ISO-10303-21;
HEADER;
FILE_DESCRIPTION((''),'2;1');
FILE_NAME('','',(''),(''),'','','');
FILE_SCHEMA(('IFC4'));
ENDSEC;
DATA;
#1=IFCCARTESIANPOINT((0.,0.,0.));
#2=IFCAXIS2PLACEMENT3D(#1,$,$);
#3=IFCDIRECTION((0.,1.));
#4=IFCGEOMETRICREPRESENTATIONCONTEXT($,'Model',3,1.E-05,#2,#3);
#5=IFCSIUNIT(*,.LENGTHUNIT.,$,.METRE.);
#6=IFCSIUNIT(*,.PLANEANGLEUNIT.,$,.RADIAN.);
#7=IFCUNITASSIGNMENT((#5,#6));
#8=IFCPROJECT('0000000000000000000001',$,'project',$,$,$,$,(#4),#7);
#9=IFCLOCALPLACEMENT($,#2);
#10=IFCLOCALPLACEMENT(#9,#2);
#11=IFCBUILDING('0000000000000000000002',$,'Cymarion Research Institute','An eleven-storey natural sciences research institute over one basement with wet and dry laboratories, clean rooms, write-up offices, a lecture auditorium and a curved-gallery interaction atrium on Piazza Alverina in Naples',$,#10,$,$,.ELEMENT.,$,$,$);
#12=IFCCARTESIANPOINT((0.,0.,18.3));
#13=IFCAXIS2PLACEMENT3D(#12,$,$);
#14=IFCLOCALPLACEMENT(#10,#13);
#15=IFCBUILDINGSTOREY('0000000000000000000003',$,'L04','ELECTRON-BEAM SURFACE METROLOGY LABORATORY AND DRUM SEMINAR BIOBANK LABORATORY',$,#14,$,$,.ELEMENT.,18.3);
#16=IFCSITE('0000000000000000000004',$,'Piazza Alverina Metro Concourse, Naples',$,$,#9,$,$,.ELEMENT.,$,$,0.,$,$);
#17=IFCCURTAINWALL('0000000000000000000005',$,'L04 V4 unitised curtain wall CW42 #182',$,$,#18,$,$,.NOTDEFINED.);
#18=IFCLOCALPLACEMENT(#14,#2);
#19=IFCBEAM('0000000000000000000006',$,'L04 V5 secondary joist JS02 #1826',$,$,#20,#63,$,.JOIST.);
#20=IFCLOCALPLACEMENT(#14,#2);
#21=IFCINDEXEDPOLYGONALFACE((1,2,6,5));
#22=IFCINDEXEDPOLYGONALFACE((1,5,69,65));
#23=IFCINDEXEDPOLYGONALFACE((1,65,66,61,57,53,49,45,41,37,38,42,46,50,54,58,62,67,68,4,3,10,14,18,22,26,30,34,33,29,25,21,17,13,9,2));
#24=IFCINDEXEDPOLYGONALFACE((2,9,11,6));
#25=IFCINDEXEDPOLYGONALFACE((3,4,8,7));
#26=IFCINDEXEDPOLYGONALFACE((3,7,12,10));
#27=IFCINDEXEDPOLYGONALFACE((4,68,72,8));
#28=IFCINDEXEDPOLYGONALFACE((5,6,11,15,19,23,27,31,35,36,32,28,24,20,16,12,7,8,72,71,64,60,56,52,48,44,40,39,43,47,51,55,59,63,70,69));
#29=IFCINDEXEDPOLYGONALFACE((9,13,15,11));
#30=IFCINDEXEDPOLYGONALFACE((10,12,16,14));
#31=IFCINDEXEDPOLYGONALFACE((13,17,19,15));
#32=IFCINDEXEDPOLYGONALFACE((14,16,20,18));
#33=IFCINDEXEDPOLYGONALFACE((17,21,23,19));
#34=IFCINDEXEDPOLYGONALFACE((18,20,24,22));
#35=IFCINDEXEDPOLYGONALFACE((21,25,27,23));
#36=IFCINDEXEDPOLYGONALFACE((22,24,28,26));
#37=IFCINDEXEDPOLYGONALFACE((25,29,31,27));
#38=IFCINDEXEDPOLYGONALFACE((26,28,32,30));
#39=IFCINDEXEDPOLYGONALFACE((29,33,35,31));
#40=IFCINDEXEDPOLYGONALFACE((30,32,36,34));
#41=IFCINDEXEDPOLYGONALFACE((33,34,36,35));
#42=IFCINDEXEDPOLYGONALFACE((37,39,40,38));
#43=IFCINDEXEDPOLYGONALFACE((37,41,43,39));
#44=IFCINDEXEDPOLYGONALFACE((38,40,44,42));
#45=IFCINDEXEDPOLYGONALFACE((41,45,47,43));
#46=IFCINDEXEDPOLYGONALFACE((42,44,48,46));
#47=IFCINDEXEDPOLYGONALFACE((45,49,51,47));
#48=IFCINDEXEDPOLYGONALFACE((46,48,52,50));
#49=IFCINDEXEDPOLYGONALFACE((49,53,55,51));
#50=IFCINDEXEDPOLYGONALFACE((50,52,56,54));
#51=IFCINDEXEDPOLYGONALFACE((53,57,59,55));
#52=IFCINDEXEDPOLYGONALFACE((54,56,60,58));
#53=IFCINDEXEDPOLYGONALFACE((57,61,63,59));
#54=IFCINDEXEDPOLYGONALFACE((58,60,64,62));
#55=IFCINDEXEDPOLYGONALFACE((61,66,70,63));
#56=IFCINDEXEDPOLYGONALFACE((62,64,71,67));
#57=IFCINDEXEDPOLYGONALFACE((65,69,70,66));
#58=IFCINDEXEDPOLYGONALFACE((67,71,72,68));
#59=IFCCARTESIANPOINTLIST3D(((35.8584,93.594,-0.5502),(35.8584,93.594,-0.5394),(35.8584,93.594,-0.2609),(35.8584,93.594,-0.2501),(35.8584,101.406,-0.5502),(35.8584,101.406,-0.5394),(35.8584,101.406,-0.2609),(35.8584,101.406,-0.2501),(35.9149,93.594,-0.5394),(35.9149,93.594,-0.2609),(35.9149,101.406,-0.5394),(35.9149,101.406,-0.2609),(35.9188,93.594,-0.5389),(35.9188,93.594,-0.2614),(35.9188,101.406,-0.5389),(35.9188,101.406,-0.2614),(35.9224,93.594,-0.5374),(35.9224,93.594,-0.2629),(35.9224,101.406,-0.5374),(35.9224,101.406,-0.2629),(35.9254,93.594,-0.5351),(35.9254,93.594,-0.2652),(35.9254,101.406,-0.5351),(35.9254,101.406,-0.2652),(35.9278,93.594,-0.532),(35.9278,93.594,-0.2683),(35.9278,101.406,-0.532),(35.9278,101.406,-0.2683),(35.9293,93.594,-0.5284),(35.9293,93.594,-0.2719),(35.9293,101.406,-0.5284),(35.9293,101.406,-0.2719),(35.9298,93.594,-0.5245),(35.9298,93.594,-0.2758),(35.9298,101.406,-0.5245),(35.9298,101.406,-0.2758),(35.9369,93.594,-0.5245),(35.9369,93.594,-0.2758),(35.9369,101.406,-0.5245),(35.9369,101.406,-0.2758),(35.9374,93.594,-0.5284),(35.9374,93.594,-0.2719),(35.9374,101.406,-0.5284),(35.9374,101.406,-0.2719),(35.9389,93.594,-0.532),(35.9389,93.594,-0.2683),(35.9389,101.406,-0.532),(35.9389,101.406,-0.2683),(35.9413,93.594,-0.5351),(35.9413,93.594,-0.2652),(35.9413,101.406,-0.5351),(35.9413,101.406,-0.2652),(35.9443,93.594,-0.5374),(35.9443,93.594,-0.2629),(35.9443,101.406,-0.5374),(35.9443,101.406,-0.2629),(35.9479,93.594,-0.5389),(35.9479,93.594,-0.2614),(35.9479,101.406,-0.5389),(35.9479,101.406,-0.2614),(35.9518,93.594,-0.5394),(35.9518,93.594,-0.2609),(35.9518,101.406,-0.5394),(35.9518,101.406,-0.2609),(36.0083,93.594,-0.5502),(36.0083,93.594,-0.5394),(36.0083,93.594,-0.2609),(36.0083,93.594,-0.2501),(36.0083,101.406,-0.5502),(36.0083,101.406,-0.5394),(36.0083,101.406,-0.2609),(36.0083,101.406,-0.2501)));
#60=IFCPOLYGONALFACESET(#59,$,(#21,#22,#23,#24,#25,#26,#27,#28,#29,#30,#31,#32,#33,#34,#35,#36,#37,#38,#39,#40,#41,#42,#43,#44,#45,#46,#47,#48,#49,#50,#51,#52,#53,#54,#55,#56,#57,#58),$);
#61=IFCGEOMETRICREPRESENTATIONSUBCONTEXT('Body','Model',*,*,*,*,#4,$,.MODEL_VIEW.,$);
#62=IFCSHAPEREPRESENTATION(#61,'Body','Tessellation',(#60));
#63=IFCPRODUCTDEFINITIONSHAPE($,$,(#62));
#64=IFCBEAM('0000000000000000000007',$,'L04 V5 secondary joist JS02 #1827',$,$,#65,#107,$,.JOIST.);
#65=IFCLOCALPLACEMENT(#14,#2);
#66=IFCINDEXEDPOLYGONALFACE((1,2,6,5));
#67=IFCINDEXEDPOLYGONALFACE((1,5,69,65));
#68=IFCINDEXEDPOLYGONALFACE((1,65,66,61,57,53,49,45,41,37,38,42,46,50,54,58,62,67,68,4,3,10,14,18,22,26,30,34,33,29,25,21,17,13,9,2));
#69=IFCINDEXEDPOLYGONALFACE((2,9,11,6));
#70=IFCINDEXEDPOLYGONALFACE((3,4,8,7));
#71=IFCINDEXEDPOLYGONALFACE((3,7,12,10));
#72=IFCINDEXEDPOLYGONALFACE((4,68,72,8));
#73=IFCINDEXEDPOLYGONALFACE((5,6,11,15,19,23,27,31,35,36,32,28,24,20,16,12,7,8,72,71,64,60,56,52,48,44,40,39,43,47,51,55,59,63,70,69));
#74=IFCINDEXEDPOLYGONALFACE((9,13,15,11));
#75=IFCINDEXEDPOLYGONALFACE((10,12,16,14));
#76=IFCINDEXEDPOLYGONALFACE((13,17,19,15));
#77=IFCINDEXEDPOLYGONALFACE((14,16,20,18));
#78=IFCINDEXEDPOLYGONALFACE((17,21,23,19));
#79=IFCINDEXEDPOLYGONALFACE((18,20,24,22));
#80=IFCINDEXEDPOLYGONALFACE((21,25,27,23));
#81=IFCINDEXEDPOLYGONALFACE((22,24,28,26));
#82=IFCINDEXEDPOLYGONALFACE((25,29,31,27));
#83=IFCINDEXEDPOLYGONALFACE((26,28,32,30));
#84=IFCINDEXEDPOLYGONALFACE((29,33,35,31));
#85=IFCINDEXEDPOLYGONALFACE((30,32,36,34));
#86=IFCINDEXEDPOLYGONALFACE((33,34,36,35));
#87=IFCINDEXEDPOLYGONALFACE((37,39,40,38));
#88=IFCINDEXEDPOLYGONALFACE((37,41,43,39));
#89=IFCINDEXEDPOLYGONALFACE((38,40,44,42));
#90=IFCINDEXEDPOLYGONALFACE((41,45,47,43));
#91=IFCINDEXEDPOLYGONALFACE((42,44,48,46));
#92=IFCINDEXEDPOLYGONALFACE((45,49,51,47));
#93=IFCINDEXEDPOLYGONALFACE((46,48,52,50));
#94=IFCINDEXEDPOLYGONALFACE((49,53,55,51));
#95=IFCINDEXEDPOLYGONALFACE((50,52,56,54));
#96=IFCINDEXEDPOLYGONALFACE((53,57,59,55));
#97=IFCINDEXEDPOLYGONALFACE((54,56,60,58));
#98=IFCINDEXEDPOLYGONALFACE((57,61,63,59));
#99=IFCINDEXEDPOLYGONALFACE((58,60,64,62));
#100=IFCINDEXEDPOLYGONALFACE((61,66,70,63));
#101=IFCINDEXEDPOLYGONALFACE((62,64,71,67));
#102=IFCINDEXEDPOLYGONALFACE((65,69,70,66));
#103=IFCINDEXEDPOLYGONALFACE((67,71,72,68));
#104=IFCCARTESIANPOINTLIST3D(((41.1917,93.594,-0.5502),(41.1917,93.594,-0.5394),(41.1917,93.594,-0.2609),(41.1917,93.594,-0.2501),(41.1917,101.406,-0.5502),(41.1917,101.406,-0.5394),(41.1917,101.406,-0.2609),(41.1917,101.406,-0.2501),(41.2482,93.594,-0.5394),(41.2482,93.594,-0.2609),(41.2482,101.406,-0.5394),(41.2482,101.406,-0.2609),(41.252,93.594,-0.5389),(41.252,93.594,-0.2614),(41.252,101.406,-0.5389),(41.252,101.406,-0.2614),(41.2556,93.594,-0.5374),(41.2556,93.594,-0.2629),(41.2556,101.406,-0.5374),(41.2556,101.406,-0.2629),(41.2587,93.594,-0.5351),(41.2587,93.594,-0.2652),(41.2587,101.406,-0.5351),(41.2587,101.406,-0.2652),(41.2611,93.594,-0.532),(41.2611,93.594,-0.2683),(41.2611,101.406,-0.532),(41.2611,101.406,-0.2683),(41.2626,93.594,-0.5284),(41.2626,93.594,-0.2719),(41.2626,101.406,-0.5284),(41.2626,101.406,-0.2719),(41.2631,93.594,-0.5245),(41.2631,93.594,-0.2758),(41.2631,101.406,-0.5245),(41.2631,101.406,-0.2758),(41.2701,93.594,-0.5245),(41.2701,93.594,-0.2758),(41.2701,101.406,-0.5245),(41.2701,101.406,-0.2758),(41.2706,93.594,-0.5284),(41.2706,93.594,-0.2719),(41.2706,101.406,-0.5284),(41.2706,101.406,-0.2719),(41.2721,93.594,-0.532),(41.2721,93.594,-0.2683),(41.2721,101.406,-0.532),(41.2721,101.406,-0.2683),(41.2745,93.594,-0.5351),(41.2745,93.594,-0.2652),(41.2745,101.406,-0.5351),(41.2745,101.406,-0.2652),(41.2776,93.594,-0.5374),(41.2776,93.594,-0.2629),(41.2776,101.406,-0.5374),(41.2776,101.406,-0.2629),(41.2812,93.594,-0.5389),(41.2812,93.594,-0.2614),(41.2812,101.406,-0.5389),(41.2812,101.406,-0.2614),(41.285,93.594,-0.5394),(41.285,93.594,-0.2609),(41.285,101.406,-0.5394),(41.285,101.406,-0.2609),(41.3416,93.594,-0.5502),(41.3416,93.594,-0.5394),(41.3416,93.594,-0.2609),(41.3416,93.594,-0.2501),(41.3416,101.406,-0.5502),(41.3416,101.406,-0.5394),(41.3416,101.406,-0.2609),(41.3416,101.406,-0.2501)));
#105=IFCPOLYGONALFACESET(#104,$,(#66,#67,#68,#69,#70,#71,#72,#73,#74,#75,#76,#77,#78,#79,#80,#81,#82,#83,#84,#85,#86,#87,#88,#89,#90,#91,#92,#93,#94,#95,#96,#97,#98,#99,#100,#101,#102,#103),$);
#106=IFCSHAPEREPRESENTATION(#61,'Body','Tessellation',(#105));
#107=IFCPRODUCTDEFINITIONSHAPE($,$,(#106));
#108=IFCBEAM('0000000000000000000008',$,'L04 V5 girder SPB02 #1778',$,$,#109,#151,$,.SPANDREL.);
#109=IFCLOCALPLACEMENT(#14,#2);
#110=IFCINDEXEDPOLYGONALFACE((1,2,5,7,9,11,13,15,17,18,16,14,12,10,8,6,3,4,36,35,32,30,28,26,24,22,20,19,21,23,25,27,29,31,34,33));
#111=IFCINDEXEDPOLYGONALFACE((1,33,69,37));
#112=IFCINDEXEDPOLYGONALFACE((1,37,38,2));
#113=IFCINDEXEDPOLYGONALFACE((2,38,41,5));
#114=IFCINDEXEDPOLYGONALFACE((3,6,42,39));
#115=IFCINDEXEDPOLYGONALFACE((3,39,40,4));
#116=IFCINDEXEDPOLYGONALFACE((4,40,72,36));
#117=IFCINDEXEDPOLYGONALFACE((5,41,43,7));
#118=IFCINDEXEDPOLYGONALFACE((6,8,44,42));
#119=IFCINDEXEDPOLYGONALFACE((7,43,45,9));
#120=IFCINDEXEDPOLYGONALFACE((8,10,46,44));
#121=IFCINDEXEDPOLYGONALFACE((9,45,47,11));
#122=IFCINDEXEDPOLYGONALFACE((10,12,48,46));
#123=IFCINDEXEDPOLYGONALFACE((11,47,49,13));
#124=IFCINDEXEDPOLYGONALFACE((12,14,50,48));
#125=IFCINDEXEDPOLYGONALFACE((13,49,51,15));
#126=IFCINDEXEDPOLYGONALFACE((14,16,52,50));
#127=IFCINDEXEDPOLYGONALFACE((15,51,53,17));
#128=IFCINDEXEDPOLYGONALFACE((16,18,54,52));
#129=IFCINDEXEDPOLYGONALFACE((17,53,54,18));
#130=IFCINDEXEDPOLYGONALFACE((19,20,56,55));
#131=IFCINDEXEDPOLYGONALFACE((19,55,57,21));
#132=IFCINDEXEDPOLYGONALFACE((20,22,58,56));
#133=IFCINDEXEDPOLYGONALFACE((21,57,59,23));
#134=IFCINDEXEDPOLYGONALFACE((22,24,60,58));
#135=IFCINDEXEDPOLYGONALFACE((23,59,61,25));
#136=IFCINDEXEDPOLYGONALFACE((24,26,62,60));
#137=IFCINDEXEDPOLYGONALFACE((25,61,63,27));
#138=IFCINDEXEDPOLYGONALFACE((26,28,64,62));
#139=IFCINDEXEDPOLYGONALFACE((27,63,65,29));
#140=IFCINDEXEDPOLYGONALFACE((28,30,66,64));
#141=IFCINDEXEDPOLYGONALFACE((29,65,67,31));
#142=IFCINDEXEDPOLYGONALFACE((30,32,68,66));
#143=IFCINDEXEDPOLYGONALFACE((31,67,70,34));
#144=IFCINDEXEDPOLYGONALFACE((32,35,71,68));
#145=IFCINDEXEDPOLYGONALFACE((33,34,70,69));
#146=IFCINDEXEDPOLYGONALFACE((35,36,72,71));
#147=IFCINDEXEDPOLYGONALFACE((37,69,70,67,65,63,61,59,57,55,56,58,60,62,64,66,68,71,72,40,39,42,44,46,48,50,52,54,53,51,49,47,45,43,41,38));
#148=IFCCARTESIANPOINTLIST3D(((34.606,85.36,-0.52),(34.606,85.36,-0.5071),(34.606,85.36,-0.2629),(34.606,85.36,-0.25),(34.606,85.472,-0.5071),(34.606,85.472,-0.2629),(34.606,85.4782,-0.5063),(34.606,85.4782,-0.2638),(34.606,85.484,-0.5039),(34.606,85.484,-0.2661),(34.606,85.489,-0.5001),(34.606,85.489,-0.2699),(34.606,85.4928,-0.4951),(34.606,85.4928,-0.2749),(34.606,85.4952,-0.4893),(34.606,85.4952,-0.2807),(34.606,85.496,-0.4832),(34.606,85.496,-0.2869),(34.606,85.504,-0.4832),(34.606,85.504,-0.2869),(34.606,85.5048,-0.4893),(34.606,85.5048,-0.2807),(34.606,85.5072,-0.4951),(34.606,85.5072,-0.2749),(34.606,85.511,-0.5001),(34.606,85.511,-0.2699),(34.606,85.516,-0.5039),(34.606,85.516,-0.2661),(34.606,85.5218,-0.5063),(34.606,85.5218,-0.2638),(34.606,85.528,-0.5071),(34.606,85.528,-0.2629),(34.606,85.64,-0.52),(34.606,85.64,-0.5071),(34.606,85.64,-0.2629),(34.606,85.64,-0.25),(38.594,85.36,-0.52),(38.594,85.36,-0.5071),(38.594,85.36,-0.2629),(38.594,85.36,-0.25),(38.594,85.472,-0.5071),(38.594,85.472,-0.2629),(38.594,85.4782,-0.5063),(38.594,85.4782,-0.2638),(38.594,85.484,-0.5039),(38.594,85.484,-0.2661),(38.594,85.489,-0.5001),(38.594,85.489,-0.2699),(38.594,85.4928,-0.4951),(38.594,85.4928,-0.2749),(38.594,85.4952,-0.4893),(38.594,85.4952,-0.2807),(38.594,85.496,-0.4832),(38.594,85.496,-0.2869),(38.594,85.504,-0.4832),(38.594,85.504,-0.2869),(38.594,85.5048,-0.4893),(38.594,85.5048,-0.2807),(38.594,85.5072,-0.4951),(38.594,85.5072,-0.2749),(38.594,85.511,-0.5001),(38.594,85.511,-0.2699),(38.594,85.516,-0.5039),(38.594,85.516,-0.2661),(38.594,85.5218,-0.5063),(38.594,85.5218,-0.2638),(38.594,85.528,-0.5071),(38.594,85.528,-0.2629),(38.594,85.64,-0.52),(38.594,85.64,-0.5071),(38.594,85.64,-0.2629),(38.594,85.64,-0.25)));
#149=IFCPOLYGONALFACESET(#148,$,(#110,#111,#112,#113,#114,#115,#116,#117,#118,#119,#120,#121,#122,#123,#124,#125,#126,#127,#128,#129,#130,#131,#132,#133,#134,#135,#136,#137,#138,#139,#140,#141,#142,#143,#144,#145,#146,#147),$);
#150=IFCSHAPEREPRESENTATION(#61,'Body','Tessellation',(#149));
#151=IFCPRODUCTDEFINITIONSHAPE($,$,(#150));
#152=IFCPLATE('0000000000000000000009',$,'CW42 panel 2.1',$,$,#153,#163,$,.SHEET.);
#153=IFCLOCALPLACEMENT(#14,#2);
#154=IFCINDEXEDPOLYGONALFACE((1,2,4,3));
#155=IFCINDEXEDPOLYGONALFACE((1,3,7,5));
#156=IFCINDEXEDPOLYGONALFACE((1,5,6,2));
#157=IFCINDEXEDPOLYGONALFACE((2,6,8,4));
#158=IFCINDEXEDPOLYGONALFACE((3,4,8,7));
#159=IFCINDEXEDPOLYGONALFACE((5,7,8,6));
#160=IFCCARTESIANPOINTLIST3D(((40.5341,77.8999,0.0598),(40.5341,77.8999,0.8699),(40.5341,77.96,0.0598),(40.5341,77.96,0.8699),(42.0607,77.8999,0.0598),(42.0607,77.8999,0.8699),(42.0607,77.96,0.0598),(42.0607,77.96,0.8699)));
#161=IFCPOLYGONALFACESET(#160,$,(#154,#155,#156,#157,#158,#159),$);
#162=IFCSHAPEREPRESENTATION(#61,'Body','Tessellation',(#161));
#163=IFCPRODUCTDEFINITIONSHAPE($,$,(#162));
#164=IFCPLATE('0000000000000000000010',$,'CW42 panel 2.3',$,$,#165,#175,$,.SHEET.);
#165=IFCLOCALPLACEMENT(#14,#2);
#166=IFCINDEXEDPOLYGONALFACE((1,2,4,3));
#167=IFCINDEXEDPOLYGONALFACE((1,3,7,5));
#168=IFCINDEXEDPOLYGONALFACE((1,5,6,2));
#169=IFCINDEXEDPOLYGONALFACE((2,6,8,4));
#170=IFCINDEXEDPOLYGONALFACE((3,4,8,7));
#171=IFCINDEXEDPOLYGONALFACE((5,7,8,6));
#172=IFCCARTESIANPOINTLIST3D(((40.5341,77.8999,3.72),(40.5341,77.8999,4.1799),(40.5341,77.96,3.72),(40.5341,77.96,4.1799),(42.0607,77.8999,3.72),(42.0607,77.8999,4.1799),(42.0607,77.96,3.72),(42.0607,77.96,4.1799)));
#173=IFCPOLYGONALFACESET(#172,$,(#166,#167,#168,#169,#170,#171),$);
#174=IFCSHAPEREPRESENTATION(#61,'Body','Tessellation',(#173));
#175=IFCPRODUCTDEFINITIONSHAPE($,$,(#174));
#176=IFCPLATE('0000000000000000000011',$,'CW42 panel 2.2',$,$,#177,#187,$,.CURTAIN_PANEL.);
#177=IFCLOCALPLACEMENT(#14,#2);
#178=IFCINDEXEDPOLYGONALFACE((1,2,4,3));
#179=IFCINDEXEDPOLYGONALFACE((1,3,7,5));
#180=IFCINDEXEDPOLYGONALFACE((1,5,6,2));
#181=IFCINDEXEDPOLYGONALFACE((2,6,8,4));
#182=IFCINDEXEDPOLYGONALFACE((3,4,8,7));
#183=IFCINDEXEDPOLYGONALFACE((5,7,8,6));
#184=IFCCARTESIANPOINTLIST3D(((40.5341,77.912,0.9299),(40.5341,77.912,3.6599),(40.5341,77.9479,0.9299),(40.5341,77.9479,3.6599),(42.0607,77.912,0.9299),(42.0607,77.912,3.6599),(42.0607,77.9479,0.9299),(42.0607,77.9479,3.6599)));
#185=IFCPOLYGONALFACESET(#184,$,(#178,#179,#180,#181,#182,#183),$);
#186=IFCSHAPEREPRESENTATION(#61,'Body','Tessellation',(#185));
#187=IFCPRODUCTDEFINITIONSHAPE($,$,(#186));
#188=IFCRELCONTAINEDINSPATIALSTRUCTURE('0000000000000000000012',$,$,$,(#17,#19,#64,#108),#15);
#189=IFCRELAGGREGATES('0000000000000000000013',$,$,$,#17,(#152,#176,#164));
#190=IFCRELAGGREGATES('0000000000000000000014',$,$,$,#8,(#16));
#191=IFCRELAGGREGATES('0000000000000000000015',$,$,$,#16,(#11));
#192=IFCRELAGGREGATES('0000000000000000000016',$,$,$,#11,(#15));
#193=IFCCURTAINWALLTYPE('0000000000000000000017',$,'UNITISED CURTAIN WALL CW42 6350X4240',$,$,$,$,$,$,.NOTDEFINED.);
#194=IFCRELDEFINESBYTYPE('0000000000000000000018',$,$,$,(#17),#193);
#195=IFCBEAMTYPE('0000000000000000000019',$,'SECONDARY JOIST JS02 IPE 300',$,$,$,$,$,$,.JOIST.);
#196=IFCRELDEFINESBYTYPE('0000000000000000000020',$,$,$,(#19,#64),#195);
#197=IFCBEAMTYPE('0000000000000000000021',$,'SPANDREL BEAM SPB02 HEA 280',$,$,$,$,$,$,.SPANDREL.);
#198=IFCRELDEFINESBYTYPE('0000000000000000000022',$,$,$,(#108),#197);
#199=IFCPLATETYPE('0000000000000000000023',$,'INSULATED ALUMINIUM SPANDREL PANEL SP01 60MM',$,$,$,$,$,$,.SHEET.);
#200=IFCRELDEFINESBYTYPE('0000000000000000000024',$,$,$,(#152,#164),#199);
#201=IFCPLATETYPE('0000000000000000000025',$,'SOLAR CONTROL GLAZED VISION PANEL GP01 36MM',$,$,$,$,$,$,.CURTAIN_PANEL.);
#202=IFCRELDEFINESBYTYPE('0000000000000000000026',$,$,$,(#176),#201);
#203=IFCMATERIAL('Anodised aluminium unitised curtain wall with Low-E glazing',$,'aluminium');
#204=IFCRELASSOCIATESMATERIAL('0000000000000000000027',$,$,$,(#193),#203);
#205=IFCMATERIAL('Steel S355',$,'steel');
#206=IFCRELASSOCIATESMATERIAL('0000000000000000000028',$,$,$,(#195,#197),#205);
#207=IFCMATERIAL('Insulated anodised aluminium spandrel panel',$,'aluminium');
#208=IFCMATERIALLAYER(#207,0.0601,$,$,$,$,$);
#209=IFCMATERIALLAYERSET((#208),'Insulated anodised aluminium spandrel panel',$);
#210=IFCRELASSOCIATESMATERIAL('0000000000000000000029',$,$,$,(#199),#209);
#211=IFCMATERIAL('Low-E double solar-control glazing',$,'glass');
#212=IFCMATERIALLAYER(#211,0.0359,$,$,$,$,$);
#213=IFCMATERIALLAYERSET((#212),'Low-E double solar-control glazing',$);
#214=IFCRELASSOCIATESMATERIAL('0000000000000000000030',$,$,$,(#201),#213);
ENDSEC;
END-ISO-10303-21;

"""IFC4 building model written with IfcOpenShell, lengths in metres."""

from ifc_helpers import new_model, si_unit, direction, frame, origin, origin_2d, place, context, subcontext, project, spatial, rectangle, i_section, extrude, material, layer, layer_set, material_profile, profile_set, type_object, element, aggregate, save


model = new_model("IFC4")

# Units and contexts
model_context = context("Model", 3, precision=1e-05, world=origin(), true_north=direction((0.0, 1.0)))
body_context = subcontext(model_context, "Body", "Model", "MODEL_VIEW")
ifc_project = project(units=[si_unit("LENGTHUNIT", "METRE"), si_unit("PLANEANGLEUNIT", "RADIAN")], contexts=[model_context])

# Site, building, storey
site_placement = place(None, origin())
site = spatial("IfcSite", under=ifc_project, at=site_placement, Name="Piazza Alverina Metro Concourse, Naples", CompositionType="ELEMENT", RefElevation=0.0)
building_placement = place(site_placement, origin())
building = spatial("IfcBuilding", under=site, at=building_placement, Name="Cymarion Research Institute", Description="An eleven-storey natural sciences research institute over one basement with wet and dry laboratories, clean rooms, write-up offices, a lecture auditorium and a curved-gallery interaction atrium on Piazza Alverina in Naples", CompositionType="ELEMENT")
storey_placement = place(building_placement, frame((0.0, 0.0, 18.3)))
storey = spatial("IfcBuildingStorey", under=building, at=storey_placement, Name="L04", Description="ELECTRON-BEAM SURFACE METROLOGY LABORATORY AND DRUM SEMINAR BIOBANK LABORATORY", CompositionType="ELEMENT", Elevation=18.3)

# Shared definitions
ifc_material_1 = material(Name="Steel S355", Category="steel")

# Curtain wall
ifc_material_2 = material(Name="Anodised aluminium unitised curtain wall with Low-E glazing", Category="aluminium")
curtain_wall_type = type_object("IfcCurtainWallType", Name="UNITISED CURTAIN WALL CW42 6350X4240", PredefinedType="NOTDEFINED", material=ifc_material_2)
curtain_wall_placement = place(storey_placement, origin())
curtain_wall = element("IfcCurtainWall", 1, at=curtain_wall_placement, inside=storey, type_object=curtain_wall_type, Name="L04 V4 unitised curtain wall CW42 #182", PredefinedType="NOTDEFINED")

# Beams
ifc_material_profile_1 = material_profile(ifc_material_1, i_section(OverallWidth=0.1499, OverallDepth=0.3, WebThickness=0.0071, FlangeThickness=0.0107, FilletRadius=0.0149, at=origin_2d()), Name="IPE 300")
ifc_profile_set_1 = profile_set([ifc_material_profile_1], Name="Steel S355")
beam_type_1 = type_object("IfcBeamType", Name="SECONDARY JOIST JS02 IPE 300", PredefinedType="JOIST", material=ifc_profile_set_1)
for number, where, z_axis, x_axis, name in (
    (2, (35.9333, 93.594, -0.4001), (0.0, 1.0, 0.0), (-1.0, 0.0, 0.0), "L04 V5 secondary joist JS02 #1826"),
    (3, (41.2666, 93.594, -0.4001), (0.0, 1.0, 0.0), (-1.0, 0.0, 0.0), "L04 V5 secondary joist JS02 #1827"),
):
    element("IfcBeam", number, at=place(storey_placement, frame(where, z_axis=z_axis, x_axis=x_axis)), inside=storey, type_object=beam_type_1, Name=name, PredefinedType="JOIST", context=body_context, shape_type="SweptSolid", body=[
        extrude(i_section(OverallWidth=0.1499, OverallDepth=0.3, WebThickness=0.0071, FlangeThickness=0.0107, FilletRadius=0.0149, at=origin_2d()), origin(), (0.0, 0.0, 1.0), 7.812),
    ])
ifc_material_profile_2 = material_profile(ifc_material_1, i_section(OverallWidth=0.28, OverallDepth=0.27, WebThickness=0.0081, FlangeThickness=0.0129, FilletRadius=0.0239, at=origin_2d()), Name="HEA 280")
ifc_profile_set_2 = profile_set([ifc_material_profile_2], Name="Steel S355")
beam_type_2 = type_object("IfcBeamType", Name="SPANDREL BEAM SPB02 HEA 280", PredefinedType="SPANDREL", material=ifc_profile_set_2)
beam_1_placement = place(storey_placement, frame((34.606, 85.5, -0.385), z_axis=(1.0, 0.0, 0.0), x_axis=(0.0, 1.0, 0.0)))
element("IfcBeam", 4, at=beam_1_placement, inside=storey, type_object=beam_type_2, Name="L04 V5 girder SPB02 #1778", PredefinedType="SPANDREL", context=body_context, shape_type="SweptSolid", body=[
    extrude(i_section(OverallWidth=0.28, OverallDepth=0.27, WebThickness=0.0081, FlangeThickness=0.0129, FilletRadius=0.0239, at=origin_2d()), origin(), (0.0, 0.0, 1.0), 3.988),
])

# Plates
ifc_material_3 = material(Name="Insulated anodised aluminium spandrel panel", Category="aluminium")
ifc_layer_1 = layer(ifc_material_3, 0.0601)
ifc_layer_set_1 = layer_set([ifc_layer_1], Name="Insulated anodised aluminium spandrel panel")
plate_type_1 = type_object("IfcPlateType", Name="INSULATED ALUMINIUM SPANDREL PANEL SP01 60MM", PredefinedType="SHEET", material=ifc_layer_set_1)
plate_1_placement = place(storey_placement, frame((41.2974, 77.9299, 0.0598), z_axis=(0.0, 0.0, 1.0), x_axis=(-1.0, 0.0, 0.0)))
plate_1 = element("IfcPlate", 5, at=plate_1_placement, type_object=plate_type_1, Name="CW42 panel 2.1", PredefinedType="SHEET", context=body_context, shape_type="SweptSolid", body=[
    extrude(rectangle(XDim=1.5266, YDim=0.0601, at=origin_2d()), origin(), (0.0, 0.0, 1.0), 0.8101),
])
plate_2_placement = place(storey_placement, frame((41.2974, 77.9299, 3.72), z_axis=(0.0, 0.0, 1.0), x_axis=(-1.0, 0.0, 0.0)))
plate_2 = element("IfcPlate", 6, at=plate_2_placement, type_object=plate_type_1, Name="CW42 panel 2.3", PredefinedType="SHEET", context=body_context, shape_type="SweptSolid", body=[
    extrude(rectangle(XDim=1.5266, YDim=0.0601, at=origin_2d()), origin(), (0.0, 0.0, 1.0), 0.46),
])
ifc_material_4 = material(Name="Low-E double solar-control glazing", Category="glass")
ifc_layer_2 = layer(ifc_material_4, 0.0359)
ifc_layer_set_2 = layer_set([ifc_layer_2], Name="Low-E double solar-control glazing")
plate_type_2 = type_object("IfcPlateType", Name="SOLAR CONTROL GLAZED VISION PANEL GP01 36MM", PredefinedType="CURTAIN_PANEL", material=ifc_layer_set_2)
plate_3_placement = place(storey_placement, frame((41.2974, 77.9299, 0.9299), z_axis=(0.0, 0.0, 1.0), x_axis=(-1.0, 0.0, 0.0)))
plate_3 = element("IfcPlate", 7, at=plate_3_placement, type_object=plate_type_2, Name="CW42 panel 2.2", PredefinedType="CURTAIN_PANEL", context=body_context, shape_type="SweptSolid", body=[
    extrude(rectangle(XDim=1.5266, YDim=0.0359, at=origin_2d()), origin(), (0.0, 0.0, 1.0), 2.73),
])
aggregate(curtain_wall, [plate_1, plate_3, plate_2])

save(model, "model.ifc")
